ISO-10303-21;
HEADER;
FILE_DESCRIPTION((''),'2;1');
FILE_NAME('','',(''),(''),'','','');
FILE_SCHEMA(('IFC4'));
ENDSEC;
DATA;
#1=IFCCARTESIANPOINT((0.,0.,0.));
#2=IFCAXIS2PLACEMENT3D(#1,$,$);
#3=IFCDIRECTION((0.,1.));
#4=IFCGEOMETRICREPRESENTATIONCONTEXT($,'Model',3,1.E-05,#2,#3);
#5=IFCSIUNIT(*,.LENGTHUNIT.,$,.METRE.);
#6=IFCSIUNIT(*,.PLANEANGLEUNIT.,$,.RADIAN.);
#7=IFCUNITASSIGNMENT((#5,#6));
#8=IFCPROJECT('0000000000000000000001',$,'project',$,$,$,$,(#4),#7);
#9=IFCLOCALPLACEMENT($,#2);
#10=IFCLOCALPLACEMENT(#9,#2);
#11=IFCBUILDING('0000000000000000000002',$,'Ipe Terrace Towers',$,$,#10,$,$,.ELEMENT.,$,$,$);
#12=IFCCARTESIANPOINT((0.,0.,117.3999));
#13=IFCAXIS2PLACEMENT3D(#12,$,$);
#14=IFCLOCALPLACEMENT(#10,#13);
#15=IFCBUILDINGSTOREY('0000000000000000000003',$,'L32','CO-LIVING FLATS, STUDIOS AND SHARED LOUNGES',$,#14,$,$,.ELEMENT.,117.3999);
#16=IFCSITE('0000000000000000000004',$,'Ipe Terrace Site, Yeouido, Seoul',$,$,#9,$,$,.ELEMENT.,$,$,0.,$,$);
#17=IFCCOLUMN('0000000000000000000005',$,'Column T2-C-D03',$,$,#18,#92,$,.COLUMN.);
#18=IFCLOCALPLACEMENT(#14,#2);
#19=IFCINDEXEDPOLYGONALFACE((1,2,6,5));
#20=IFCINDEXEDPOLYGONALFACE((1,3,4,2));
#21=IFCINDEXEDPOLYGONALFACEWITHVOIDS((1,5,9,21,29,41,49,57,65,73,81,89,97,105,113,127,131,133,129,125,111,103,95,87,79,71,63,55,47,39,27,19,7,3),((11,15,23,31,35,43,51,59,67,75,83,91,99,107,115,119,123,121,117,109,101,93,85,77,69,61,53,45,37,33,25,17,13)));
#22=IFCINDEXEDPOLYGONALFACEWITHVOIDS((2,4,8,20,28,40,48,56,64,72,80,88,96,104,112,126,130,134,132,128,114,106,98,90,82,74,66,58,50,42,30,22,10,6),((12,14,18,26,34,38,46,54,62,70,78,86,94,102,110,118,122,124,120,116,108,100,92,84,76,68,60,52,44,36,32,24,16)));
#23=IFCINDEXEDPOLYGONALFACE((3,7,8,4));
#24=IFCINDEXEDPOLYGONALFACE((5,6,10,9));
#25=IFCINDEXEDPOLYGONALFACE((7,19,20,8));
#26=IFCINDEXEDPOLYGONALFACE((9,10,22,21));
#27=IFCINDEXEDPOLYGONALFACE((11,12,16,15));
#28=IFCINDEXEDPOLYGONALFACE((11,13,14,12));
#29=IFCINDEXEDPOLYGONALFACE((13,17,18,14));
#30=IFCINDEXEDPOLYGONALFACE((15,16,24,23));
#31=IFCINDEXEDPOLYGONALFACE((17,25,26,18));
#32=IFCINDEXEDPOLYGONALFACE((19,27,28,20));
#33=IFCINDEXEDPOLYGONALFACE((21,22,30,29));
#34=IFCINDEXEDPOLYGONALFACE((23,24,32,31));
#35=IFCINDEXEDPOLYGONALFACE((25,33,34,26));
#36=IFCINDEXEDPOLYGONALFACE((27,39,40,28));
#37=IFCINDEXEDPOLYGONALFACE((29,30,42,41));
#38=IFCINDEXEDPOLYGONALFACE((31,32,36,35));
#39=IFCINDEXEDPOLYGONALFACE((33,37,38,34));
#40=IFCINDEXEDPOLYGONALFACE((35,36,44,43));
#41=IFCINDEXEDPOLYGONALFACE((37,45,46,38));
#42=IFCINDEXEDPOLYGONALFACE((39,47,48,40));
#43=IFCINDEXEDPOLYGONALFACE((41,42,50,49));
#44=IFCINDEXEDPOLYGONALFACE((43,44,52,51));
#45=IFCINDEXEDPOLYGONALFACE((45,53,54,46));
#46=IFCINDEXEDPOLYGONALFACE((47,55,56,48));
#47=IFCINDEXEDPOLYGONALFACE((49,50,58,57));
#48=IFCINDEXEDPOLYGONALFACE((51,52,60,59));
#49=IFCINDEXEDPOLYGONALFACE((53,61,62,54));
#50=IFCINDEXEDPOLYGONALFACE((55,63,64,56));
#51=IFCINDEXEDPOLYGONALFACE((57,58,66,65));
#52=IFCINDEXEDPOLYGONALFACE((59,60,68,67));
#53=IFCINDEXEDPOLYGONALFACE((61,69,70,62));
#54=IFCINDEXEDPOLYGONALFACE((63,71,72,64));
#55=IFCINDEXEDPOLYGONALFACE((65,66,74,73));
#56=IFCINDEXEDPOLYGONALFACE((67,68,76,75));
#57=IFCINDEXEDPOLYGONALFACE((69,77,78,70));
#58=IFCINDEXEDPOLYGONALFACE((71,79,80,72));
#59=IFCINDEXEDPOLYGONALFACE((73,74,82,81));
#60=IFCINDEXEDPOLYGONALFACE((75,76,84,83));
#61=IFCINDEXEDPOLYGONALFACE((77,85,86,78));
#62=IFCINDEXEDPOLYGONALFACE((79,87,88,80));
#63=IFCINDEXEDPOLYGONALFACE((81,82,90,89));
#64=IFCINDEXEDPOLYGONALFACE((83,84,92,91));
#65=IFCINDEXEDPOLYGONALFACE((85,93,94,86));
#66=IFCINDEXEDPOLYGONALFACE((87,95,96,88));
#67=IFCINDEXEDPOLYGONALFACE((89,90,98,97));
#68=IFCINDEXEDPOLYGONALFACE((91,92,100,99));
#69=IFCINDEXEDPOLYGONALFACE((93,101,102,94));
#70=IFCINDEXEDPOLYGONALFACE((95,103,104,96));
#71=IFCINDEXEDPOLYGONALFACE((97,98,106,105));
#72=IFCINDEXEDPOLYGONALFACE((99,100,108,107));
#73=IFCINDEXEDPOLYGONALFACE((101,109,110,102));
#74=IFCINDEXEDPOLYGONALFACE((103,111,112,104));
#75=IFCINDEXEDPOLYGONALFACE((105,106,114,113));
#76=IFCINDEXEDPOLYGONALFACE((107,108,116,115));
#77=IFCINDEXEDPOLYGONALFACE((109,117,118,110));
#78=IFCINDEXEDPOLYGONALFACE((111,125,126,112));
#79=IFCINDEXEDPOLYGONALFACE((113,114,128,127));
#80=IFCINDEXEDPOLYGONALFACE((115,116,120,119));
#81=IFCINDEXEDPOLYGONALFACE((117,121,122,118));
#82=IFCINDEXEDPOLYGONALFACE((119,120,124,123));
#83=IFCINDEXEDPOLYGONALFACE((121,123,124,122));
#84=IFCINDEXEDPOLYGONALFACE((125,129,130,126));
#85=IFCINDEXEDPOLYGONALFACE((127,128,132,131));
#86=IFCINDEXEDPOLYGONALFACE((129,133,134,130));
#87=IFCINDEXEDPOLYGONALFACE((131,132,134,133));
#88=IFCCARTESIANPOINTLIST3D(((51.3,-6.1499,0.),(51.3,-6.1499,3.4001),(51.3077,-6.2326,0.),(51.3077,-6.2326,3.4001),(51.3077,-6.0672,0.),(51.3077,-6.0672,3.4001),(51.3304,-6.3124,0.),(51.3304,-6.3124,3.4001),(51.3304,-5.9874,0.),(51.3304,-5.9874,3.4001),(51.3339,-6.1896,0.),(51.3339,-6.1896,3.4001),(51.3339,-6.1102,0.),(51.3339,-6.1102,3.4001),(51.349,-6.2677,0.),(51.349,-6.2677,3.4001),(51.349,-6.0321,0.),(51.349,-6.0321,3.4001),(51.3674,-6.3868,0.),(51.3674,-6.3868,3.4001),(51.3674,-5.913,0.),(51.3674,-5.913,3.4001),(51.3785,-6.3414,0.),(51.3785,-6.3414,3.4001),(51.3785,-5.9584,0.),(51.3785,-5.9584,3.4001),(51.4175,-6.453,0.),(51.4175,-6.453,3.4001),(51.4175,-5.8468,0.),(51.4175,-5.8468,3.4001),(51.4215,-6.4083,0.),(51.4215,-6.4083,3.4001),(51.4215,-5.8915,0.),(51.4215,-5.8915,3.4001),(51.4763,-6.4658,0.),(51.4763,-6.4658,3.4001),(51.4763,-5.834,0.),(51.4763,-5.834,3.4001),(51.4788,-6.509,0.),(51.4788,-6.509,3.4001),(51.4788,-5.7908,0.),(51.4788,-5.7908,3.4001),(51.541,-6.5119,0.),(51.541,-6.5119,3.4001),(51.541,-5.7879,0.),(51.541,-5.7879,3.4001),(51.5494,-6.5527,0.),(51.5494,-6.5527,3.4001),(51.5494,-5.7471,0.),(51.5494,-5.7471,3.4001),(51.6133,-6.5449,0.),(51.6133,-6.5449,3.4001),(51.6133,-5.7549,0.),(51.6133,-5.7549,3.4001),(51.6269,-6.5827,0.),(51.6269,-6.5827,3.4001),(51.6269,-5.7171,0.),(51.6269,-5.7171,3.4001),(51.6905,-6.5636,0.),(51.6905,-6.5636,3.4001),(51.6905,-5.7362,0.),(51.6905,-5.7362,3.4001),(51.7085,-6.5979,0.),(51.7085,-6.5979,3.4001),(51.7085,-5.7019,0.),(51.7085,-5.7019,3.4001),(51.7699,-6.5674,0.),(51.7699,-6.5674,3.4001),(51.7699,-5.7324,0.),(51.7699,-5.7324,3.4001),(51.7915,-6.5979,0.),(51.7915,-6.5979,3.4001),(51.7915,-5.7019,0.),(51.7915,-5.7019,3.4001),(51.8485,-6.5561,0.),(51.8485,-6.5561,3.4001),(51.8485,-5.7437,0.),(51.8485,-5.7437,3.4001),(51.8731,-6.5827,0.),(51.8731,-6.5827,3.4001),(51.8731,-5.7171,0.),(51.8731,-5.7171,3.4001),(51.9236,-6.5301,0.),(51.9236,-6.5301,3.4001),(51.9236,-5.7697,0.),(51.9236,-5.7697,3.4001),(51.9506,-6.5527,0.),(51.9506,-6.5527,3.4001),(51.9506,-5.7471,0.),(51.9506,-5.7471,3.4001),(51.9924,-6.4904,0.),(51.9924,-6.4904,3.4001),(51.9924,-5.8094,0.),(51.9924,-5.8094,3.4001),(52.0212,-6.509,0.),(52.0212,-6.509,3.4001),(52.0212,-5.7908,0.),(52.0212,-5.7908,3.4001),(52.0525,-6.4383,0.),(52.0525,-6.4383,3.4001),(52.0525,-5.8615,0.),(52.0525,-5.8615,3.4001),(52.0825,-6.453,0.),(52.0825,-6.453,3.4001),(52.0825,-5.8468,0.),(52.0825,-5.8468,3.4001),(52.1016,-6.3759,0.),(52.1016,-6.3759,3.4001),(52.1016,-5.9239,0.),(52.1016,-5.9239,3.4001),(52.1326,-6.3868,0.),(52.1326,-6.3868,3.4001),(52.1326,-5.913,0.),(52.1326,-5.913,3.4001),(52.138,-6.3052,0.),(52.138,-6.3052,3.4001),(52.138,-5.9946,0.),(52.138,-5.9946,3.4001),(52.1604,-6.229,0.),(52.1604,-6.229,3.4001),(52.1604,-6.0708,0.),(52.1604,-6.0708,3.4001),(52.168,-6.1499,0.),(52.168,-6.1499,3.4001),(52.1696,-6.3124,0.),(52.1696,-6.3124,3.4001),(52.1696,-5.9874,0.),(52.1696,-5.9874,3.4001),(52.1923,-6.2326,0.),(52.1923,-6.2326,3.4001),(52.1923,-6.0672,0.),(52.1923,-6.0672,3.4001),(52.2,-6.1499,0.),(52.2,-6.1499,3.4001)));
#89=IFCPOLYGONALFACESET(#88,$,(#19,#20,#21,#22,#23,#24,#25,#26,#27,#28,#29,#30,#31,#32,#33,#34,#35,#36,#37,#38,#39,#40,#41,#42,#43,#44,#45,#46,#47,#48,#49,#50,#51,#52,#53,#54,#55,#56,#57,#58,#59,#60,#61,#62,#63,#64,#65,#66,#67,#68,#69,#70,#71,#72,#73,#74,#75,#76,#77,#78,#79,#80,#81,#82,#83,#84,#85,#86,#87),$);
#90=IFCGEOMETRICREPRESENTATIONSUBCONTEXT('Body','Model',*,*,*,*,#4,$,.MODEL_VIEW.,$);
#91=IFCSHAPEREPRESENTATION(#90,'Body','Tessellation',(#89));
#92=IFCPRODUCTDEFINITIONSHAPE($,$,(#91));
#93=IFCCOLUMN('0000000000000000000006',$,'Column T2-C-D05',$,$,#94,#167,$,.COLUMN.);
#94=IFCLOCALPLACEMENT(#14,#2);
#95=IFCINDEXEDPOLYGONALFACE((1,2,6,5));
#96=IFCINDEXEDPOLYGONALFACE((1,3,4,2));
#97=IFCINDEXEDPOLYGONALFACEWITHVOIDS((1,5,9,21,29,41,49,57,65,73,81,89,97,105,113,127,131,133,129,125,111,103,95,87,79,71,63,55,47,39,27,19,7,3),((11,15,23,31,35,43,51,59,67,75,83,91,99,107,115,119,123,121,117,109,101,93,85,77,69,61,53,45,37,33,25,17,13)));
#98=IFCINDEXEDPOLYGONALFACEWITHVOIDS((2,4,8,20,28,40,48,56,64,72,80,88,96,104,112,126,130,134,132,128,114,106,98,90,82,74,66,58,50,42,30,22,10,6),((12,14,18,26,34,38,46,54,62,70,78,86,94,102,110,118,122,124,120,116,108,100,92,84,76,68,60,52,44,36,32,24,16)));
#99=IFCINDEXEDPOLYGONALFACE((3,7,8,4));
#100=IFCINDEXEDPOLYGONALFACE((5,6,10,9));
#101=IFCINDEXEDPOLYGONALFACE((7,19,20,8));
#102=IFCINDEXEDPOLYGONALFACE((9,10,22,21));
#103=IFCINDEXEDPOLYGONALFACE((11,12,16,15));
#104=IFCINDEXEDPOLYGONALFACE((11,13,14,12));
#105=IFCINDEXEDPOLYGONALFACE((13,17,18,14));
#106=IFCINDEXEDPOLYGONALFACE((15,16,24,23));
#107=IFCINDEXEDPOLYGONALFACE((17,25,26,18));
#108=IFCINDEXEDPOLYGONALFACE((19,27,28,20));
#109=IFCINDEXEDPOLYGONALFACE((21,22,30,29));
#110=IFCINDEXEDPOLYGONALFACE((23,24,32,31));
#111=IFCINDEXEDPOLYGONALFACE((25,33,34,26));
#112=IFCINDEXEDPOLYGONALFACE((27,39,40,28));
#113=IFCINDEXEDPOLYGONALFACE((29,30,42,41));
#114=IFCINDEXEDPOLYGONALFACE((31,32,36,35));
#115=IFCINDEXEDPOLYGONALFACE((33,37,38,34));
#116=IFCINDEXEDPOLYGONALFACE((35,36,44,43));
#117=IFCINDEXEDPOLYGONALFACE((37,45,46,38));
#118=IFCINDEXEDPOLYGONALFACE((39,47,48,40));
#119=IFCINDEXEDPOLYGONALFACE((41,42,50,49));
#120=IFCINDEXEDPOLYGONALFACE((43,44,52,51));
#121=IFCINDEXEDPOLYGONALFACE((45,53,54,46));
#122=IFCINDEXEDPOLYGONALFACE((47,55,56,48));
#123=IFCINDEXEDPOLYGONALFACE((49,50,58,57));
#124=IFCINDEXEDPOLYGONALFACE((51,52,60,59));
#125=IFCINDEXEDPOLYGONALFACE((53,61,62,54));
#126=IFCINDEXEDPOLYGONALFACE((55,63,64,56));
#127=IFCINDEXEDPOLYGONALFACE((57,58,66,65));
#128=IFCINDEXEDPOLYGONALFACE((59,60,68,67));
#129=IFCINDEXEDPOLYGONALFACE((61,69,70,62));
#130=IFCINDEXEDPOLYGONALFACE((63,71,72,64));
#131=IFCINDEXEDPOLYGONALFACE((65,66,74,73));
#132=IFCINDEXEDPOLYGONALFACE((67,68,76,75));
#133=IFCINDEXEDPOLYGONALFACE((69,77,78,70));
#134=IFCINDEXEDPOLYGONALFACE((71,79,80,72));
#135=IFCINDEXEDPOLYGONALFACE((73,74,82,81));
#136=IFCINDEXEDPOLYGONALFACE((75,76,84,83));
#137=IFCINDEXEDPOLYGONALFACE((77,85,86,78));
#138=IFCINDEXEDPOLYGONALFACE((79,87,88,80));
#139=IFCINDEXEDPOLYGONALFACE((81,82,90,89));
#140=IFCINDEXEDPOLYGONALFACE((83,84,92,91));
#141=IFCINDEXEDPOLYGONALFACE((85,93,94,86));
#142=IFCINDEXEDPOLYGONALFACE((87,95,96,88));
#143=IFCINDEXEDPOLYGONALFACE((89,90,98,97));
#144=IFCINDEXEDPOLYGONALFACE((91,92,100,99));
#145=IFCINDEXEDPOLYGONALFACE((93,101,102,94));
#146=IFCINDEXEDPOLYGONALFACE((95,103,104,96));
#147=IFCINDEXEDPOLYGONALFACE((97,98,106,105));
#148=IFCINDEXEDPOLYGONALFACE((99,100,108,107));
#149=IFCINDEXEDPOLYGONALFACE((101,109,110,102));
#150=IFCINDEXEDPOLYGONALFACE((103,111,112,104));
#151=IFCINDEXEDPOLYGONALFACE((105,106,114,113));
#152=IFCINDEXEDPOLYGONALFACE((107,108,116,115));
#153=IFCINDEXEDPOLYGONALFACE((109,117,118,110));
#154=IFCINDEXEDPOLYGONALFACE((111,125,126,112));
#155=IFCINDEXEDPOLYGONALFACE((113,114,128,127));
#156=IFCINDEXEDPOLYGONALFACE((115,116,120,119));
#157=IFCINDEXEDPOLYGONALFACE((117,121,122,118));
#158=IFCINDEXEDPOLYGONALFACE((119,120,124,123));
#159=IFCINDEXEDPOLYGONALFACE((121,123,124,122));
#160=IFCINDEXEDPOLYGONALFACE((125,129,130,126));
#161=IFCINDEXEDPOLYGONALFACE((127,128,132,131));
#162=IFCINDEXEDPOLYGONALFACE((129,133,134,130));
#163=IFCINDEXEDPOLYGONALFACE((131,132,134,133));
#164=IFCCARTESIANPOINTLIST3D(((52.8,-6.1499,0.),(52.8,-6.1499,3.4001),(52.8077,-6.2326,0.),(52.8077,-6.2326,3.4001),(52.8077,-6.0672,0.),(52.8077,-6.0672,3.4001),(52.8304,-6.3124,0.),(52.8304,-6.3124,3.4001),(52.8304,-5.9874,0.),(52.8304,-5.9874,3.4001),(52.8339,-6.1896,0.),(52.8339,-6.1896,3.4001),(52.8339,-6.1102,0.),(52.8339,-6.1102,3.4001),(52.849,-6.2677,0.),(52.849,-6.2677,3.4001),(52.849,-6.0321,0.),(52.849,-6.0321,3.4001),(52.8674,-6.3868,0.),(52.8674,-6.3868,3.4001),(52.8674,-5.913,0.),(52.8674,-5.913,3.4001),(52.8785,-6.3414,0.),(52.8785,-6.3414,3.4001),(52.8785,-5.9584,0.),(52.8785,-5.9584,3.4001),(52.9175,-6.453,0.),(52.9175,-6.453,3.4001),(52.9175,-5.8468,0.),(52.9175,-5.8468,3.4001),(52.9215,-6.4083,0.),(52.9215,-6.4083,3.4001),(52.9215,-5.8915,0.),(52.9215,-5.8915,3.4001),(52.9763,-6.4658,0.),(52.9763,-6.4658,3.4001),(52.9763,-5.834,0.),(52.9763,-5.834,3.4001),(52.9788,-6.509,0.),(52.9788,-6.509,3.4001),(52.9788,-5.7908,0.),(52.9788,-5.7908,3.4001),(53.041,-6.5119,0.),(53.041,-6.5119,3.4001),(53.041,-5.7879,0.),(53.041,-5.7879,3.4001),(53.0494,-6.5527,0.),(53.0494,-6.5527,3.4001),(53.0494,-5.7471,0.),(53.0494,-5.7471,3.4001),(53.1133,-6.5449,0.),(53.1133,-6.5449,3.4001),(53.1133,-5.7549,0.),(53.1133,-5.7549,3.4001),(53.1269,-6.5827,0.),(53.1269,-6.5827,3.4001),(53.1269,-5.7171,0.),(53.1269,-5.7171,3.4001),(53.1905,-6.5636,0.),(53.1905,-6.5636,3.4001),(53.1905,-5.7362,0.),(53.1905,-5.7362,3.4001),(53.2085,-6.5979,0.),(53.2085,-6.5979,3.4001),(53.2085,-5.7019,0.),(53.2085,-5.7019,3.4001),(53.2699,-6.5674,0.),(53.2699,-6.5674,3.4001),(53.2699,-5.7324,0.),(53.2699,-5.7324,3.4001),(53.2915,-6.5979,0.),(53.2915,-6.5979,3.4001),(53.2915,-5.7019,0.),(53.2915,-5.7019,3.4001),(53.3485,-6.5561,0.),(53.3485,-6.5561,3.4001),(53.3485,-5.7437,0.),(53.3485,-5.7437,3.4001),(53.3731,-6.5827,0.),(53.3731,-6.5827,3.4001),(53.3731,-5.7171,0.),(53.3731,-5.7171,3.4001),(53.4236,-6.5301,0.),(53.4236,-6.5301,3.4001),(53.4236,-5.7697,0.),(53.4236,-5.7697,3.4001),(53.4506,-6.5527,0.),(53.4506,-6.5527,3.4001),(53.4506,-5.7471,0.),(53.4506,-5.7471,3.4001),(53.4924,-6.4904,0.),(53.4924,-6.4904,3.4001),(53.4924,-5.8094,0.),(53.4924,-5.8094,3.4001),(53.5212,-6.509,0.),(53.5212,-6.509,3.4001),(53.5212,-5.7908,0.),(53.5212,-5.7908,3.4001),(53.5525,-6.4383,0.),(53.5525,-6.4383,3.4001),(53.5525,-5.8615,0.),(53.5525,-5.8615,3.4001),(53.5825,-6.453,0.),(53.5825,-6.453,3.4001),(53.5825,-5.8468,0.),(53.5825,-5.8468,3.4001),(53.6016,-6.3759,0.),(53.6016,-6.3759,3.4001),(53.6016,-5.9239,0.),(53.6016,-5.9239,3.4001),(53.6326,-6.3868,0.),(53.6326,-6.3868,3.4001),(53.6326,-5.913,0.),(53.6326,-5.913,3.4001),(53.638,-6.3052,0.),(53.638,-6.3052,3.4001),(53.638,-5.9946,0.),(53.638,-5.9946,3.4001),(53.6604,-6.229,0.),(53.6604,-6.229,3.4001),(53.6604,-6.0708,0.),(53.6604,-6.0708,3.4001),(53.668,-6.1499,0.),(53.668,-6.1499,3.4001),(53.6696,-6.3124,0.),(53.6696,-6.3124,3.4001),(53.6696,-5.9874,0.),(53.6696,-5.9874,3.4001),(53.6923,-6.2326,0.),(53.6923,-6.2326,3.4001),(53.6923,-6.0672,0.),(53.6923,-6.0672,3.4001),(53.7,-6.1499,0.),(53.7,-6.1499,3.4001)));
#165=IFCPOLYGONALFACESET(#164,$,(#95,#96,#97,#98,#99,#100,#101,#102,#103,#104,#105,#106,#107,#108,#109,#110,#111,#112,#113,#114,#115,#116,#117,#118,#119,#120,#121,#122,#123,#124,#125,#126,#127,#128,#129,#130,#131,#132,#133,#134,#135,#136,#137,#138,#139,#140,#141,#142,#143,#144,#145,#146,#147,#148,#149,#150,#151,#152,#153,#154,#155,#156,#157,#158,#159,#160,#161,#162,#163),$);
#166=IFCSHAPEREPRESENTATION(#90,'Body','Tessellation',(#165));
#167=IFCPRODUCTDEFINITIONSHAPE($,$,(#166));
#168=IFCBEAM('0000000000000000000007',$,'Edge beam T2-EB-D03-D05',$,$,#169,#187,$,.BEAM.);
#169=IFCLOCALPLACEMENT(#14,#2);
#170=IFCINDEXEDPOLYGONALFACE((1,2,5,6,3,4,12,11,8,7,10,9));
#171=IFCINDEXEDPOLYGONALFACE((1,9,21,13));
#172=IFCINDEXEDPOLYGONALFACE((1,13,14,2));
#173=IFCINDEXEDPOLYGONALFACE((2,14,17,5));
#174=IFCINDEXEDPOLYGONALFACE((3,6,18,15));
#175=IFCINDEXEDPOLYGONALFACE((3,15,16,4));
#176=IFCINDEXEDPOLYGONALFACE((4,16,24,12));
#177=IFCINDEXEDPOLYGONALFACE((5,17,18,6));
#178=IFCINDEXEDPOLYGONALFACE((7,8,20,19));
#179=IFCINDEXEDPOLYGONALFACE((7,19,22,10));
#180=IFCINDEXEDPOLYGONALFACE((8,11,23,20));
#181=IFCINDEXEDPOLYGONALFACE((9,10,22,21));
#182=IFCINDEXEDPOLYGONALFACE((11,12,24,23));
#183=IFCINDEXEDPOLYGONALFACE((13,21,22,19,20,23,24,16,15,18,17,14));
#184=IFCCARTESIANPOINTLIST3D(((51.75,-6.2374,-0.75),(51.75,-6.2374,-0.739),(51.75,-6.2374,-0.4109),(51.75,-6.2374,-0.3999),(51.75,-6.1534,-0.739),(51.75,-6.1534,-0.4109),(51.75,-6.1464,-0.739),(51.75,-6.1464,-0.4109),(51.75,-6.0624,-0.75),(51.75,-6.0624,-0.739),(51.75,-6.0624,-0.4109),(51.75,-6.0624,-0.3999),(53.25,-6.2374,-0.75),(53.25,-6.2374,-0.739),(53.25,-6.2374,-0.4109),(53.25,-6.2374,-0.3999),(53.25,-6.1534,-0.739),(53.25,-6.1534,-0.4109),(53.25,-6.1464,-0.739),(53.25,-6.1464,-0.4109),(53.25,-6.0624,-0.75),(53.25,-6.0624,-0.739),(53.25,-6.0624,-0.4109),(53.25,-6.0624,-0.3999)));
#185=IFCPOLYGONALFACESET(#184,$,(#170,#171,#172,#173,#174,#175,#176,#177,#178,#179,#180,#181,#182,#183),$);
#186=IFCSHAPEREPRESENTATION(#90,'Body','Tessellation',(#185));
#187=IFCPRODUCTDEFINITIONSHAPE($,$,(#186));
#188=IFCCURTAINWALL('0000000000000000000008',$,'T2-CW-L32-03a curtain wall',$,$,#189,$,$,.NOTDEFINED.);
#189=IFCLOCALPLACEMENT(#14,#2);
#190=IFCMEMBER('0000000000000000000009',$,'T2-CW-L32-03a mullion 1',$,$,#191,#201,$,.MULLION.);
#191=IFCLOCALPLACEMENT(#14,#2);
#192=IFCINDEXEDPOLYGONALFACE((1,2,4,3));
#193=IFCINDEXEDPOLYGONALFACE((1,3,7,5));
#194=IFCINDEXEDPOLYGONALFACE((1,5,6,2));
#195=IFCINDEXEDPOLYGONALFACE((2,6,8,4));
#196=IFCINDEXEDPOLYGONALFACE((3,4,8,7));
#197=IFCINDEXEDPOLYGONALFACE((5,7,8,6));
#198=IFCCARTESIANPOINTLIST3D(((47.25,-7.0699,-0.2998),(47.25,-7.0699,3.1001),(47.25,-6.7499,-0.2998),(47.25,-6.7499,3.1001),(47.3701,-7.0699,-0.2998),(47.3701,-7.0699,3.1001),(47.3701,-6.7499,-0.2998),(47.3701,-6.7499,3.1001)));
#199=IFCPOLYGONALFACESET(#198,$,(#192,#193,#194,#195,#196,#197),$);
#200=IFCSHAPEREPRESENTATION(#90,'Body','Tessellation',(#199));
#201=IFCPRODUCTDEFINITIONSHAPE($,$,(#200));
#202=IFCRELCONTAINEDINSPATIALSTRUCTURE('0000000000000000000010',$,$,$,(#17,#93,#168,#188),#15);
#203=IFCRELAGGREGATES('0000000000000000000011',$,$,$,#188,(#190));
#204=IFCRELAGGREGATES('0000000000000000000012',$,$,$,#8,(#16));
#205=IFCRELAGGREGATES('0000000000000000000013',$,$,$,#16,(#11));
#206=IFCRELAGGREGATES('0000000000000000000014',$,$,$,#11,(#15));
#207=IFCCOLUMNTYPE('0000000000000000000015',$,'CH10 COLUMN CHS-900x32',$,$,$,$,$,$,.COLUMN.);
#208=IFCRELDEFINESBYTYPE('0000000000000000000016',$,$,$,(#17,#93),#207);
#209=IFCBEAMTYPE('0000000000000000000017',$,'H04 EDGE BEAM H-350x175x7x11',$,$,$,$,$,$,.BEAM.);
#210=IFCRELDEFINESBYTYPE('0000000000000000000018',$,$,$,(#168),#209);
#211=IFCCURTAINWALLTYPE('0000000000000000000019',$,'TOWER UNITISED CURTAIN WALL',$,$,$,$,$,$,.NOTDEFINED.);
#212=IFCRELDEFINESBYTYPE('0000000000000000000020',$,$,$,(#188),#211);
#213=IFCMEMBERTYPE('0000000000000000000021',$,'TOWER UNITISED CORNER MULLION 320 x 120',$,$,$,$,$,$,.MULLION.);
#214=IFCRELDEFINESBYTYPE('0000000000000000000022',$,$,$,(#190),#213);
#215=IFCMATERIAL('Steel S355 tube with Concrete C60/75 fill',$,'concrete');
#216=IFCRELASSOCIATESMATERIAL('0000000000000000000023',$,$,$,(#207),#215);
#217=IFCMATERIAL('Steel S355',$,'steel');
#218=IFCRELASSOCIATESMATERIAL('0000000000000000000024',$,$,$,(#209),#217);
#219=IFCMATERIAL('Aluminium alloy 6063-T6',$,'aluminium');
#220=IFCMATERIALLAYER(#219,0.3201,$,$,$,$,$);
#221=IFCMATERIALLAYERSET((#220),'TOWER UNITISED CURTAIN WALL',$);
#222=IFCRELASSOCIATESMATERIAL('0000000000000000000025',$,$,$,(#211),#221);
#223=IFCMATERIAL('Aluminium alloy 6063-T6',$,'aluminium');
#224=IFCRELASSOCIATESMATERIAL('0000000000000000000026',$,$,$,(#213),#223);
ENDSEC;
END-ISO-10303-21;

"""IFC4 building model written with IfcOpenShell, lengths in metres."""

from ifc_helpers import new_model, si_unit, direction, frame, origin, origin_2d, place, context, subcontext, project, spatial, rectangle, hollow_circle, i_section, extrude, material, layer, layer_set, material_profile, profile_set, type_object, element, aggregate, save


model = new_model("IFC4")

# Units and contexts
model_context = context("Model", 3, precision=1e-05, world=origin(), true_north=direction((0.0, 1.0)))
body_context = subcontext(model_context, "Body", "Model", "MODEL_VIEW")
ifc_project = project(units=[si_unit("LENGTHUNIT", "METRE"), si_unit("PLANEANGLEUNIT", "RADIAN")], contexts=[model_context])

# Site, building, storey
site_placement = place(None, origin())
site = spatial("IfcSite", under=ifc_project, at=site_placement, Name="Ipe Terrace Site, Yeouido, Seoul", CompositionType="ELEMENT", RefElevation=0.0)
building_placement = place(site_placement, origin())
building = spatial("IfcBuilding", under=site, at=building_placement, Name="Ipe Terrace Towers", CompositionType="ELEMENT")
storey_placement = place(building_placement, frame((0.0, 0.0, 117.3999)))
storey = spatial("IfcBuildingStorey", under=building, at=storey_placement, Name="L32", Description="CO-LIVING FLATS, STUDIOS AND SHARED LOUNGES", CompositionType="ELEMENT", Elevation=117.3999)

# Columns
ifc_material_1 = material(Name="Steel S355 tube with Concrete C60/75 fill", Category="concrete")
ifc_material_profile_1 = material_profile(ifc_material_1, hollow_circle(Radius=0.45, WallThickness=0.032, at=origin_2d()), Name="CHS-900x32")
ifc_profile_set_1 = profile_set([ifc_material_profile_1], Name="Steel S355 tube with Concrete C60/75 fill")
column_type = type_object("IfcColumnType", Name="CH10 COLUMN CHS-900x32", PredefinedType="COLUMN", material=ifc_profile_set_1)
for number, where, z_axis, x_axis, name in (
    (1, (51.75, -6.1499, 0.0), (0.0, 0.0, 1.0), (1.0, 0.0, 0.0), "Column T2-C-D03"),
    (2, (53.25, -6.1499, 0.0), (0.0, 0.0, 1.0), (1.0, 0.0, 0.0), "Column T2-C-D05"),
):
    element("IfcColumn", number, at=place(storey_placement, frame(where, z_axis=z_axis, x_axis=x_axis)), inside=storey, type_object=column_type, Name=name, PredefinedType="COLUMN", context=body_context, shape_type="SweptSolid", body=[
        extrude(hollow_circle(Radius=0.45, WallThickness=0.032, at=origin_2d()), origin(), (0.0, 0.0, 1.0), 3.4001),
    ])

# Beam
ifc_material_2 = material(Name="Steel S355", Category="steel")
ifc_material_profile_2 = material_profile(ifc_material_2, i_section(OverallWidth=0.175, OverallDepth=0.3501, WebThickness=0.0071, FlangeThickness=0.011, at=origin_2d()), Name="H-350x175x7x11")
ifc_profile_set_2 = profile_set([ifc_material_profile_2], Name="Steel S355")
beam_type = type_object("IfcBeamType", Name="H04 EDGE BEAM H-350x175x7x11", PredefinedType="BEAM", material=ifc_profile_set_2)
beam_placement = place(storey_placement, frame((51.75, -6.1499, -0.575), z_axis=(1.0, 0.0, 0.0), x_axis=(0.0, 1.0, 0.0)))
element("IfcBeam", 3, at=beam_placement, inside=storey, type_object=beam_type, Name="Edge beam T2-EB-D03-D05", PredefinedType="BEAM", context=body_context, shape_type="SweptSolid", body=[
    extrude(i_section(OverallWidth=0.175, OverallDepth=0.3501, WebThickness=0.0071, FlangeThickness=0.011, at=origin_2d()), origin(), (0.0, 0.0, 1.0), 1.5),
])

# Curtain wall, member
ifc_material_3 = material(Name="Aluminium alloy 6063-T6", Category="aluminium")
ifc_layer_1 = layer(ifc_material_3, 0.3201)
ifc_layer_set_1 = layer_set([ifc_layer_1], Name="TOWER UNITISED CURTAIN WALL")
curtain_wall_type = type_object("IfcCurtainWallType", Name="TOWER UNITISED CURTAIN WALL", PredefinedType="NOTDEFINED", material=ifc_layer_set_1)
curtain_wall_1_placement = place(storey_placement, origin())
curtain_wall_1 = element("IfcCurtainWall", 4, at=curtain_wall_1_placement, inside=storey, type_object=curtain_wall_type, Name="T2-CW-L32-03a curtain wall", PredefinedType="NOTDEFINED")
ifc_material_4 = material(Name="Aluminium alloy 6063-T6", Category="aluminium")
ifc_material_profile_3 = material_profile(ifc_material_4, rectangle(XDim=0.3201, YDim=0.1201, at=origin_2d()), Name="TOWER UNITISED CORNER MULLION 320 x 120")
ifc_profile_set_3 = profile_set([ifc_material_profile_3], Name="Aluminium alloy 6063-T6")
member_type_1 = type_object("IfcMemberType", Name="TOWER UNITISED CORNER MULLION 320 x 120", PredefinedType="MULLION", material=ifc_profile_set_3)
member_1_placement = place(storey_placement, frame((47.3101, -6.9099, -0.2998), z_axis=(0.0, 0.0, 1.0), x_axis=(0.0, -1.0, 0.0)))
member_1 = element("IfcMember", 5, at=member_1_placement, type_object=member_type_1, Name="T2-CW-L32-03a mullion 1", PredefinedType="MULLION", context=body_context, shape_type="SweptSolid", body=[
    extrude(rectangle(XDim=0.3201, YDim=0.1201, at=origin_2d()), origin(), (0.0, 0.0, 1.0), 3.3999),
])

aggregate(curtain_wall_1, [member_1])

save(model, "model.ifc")
